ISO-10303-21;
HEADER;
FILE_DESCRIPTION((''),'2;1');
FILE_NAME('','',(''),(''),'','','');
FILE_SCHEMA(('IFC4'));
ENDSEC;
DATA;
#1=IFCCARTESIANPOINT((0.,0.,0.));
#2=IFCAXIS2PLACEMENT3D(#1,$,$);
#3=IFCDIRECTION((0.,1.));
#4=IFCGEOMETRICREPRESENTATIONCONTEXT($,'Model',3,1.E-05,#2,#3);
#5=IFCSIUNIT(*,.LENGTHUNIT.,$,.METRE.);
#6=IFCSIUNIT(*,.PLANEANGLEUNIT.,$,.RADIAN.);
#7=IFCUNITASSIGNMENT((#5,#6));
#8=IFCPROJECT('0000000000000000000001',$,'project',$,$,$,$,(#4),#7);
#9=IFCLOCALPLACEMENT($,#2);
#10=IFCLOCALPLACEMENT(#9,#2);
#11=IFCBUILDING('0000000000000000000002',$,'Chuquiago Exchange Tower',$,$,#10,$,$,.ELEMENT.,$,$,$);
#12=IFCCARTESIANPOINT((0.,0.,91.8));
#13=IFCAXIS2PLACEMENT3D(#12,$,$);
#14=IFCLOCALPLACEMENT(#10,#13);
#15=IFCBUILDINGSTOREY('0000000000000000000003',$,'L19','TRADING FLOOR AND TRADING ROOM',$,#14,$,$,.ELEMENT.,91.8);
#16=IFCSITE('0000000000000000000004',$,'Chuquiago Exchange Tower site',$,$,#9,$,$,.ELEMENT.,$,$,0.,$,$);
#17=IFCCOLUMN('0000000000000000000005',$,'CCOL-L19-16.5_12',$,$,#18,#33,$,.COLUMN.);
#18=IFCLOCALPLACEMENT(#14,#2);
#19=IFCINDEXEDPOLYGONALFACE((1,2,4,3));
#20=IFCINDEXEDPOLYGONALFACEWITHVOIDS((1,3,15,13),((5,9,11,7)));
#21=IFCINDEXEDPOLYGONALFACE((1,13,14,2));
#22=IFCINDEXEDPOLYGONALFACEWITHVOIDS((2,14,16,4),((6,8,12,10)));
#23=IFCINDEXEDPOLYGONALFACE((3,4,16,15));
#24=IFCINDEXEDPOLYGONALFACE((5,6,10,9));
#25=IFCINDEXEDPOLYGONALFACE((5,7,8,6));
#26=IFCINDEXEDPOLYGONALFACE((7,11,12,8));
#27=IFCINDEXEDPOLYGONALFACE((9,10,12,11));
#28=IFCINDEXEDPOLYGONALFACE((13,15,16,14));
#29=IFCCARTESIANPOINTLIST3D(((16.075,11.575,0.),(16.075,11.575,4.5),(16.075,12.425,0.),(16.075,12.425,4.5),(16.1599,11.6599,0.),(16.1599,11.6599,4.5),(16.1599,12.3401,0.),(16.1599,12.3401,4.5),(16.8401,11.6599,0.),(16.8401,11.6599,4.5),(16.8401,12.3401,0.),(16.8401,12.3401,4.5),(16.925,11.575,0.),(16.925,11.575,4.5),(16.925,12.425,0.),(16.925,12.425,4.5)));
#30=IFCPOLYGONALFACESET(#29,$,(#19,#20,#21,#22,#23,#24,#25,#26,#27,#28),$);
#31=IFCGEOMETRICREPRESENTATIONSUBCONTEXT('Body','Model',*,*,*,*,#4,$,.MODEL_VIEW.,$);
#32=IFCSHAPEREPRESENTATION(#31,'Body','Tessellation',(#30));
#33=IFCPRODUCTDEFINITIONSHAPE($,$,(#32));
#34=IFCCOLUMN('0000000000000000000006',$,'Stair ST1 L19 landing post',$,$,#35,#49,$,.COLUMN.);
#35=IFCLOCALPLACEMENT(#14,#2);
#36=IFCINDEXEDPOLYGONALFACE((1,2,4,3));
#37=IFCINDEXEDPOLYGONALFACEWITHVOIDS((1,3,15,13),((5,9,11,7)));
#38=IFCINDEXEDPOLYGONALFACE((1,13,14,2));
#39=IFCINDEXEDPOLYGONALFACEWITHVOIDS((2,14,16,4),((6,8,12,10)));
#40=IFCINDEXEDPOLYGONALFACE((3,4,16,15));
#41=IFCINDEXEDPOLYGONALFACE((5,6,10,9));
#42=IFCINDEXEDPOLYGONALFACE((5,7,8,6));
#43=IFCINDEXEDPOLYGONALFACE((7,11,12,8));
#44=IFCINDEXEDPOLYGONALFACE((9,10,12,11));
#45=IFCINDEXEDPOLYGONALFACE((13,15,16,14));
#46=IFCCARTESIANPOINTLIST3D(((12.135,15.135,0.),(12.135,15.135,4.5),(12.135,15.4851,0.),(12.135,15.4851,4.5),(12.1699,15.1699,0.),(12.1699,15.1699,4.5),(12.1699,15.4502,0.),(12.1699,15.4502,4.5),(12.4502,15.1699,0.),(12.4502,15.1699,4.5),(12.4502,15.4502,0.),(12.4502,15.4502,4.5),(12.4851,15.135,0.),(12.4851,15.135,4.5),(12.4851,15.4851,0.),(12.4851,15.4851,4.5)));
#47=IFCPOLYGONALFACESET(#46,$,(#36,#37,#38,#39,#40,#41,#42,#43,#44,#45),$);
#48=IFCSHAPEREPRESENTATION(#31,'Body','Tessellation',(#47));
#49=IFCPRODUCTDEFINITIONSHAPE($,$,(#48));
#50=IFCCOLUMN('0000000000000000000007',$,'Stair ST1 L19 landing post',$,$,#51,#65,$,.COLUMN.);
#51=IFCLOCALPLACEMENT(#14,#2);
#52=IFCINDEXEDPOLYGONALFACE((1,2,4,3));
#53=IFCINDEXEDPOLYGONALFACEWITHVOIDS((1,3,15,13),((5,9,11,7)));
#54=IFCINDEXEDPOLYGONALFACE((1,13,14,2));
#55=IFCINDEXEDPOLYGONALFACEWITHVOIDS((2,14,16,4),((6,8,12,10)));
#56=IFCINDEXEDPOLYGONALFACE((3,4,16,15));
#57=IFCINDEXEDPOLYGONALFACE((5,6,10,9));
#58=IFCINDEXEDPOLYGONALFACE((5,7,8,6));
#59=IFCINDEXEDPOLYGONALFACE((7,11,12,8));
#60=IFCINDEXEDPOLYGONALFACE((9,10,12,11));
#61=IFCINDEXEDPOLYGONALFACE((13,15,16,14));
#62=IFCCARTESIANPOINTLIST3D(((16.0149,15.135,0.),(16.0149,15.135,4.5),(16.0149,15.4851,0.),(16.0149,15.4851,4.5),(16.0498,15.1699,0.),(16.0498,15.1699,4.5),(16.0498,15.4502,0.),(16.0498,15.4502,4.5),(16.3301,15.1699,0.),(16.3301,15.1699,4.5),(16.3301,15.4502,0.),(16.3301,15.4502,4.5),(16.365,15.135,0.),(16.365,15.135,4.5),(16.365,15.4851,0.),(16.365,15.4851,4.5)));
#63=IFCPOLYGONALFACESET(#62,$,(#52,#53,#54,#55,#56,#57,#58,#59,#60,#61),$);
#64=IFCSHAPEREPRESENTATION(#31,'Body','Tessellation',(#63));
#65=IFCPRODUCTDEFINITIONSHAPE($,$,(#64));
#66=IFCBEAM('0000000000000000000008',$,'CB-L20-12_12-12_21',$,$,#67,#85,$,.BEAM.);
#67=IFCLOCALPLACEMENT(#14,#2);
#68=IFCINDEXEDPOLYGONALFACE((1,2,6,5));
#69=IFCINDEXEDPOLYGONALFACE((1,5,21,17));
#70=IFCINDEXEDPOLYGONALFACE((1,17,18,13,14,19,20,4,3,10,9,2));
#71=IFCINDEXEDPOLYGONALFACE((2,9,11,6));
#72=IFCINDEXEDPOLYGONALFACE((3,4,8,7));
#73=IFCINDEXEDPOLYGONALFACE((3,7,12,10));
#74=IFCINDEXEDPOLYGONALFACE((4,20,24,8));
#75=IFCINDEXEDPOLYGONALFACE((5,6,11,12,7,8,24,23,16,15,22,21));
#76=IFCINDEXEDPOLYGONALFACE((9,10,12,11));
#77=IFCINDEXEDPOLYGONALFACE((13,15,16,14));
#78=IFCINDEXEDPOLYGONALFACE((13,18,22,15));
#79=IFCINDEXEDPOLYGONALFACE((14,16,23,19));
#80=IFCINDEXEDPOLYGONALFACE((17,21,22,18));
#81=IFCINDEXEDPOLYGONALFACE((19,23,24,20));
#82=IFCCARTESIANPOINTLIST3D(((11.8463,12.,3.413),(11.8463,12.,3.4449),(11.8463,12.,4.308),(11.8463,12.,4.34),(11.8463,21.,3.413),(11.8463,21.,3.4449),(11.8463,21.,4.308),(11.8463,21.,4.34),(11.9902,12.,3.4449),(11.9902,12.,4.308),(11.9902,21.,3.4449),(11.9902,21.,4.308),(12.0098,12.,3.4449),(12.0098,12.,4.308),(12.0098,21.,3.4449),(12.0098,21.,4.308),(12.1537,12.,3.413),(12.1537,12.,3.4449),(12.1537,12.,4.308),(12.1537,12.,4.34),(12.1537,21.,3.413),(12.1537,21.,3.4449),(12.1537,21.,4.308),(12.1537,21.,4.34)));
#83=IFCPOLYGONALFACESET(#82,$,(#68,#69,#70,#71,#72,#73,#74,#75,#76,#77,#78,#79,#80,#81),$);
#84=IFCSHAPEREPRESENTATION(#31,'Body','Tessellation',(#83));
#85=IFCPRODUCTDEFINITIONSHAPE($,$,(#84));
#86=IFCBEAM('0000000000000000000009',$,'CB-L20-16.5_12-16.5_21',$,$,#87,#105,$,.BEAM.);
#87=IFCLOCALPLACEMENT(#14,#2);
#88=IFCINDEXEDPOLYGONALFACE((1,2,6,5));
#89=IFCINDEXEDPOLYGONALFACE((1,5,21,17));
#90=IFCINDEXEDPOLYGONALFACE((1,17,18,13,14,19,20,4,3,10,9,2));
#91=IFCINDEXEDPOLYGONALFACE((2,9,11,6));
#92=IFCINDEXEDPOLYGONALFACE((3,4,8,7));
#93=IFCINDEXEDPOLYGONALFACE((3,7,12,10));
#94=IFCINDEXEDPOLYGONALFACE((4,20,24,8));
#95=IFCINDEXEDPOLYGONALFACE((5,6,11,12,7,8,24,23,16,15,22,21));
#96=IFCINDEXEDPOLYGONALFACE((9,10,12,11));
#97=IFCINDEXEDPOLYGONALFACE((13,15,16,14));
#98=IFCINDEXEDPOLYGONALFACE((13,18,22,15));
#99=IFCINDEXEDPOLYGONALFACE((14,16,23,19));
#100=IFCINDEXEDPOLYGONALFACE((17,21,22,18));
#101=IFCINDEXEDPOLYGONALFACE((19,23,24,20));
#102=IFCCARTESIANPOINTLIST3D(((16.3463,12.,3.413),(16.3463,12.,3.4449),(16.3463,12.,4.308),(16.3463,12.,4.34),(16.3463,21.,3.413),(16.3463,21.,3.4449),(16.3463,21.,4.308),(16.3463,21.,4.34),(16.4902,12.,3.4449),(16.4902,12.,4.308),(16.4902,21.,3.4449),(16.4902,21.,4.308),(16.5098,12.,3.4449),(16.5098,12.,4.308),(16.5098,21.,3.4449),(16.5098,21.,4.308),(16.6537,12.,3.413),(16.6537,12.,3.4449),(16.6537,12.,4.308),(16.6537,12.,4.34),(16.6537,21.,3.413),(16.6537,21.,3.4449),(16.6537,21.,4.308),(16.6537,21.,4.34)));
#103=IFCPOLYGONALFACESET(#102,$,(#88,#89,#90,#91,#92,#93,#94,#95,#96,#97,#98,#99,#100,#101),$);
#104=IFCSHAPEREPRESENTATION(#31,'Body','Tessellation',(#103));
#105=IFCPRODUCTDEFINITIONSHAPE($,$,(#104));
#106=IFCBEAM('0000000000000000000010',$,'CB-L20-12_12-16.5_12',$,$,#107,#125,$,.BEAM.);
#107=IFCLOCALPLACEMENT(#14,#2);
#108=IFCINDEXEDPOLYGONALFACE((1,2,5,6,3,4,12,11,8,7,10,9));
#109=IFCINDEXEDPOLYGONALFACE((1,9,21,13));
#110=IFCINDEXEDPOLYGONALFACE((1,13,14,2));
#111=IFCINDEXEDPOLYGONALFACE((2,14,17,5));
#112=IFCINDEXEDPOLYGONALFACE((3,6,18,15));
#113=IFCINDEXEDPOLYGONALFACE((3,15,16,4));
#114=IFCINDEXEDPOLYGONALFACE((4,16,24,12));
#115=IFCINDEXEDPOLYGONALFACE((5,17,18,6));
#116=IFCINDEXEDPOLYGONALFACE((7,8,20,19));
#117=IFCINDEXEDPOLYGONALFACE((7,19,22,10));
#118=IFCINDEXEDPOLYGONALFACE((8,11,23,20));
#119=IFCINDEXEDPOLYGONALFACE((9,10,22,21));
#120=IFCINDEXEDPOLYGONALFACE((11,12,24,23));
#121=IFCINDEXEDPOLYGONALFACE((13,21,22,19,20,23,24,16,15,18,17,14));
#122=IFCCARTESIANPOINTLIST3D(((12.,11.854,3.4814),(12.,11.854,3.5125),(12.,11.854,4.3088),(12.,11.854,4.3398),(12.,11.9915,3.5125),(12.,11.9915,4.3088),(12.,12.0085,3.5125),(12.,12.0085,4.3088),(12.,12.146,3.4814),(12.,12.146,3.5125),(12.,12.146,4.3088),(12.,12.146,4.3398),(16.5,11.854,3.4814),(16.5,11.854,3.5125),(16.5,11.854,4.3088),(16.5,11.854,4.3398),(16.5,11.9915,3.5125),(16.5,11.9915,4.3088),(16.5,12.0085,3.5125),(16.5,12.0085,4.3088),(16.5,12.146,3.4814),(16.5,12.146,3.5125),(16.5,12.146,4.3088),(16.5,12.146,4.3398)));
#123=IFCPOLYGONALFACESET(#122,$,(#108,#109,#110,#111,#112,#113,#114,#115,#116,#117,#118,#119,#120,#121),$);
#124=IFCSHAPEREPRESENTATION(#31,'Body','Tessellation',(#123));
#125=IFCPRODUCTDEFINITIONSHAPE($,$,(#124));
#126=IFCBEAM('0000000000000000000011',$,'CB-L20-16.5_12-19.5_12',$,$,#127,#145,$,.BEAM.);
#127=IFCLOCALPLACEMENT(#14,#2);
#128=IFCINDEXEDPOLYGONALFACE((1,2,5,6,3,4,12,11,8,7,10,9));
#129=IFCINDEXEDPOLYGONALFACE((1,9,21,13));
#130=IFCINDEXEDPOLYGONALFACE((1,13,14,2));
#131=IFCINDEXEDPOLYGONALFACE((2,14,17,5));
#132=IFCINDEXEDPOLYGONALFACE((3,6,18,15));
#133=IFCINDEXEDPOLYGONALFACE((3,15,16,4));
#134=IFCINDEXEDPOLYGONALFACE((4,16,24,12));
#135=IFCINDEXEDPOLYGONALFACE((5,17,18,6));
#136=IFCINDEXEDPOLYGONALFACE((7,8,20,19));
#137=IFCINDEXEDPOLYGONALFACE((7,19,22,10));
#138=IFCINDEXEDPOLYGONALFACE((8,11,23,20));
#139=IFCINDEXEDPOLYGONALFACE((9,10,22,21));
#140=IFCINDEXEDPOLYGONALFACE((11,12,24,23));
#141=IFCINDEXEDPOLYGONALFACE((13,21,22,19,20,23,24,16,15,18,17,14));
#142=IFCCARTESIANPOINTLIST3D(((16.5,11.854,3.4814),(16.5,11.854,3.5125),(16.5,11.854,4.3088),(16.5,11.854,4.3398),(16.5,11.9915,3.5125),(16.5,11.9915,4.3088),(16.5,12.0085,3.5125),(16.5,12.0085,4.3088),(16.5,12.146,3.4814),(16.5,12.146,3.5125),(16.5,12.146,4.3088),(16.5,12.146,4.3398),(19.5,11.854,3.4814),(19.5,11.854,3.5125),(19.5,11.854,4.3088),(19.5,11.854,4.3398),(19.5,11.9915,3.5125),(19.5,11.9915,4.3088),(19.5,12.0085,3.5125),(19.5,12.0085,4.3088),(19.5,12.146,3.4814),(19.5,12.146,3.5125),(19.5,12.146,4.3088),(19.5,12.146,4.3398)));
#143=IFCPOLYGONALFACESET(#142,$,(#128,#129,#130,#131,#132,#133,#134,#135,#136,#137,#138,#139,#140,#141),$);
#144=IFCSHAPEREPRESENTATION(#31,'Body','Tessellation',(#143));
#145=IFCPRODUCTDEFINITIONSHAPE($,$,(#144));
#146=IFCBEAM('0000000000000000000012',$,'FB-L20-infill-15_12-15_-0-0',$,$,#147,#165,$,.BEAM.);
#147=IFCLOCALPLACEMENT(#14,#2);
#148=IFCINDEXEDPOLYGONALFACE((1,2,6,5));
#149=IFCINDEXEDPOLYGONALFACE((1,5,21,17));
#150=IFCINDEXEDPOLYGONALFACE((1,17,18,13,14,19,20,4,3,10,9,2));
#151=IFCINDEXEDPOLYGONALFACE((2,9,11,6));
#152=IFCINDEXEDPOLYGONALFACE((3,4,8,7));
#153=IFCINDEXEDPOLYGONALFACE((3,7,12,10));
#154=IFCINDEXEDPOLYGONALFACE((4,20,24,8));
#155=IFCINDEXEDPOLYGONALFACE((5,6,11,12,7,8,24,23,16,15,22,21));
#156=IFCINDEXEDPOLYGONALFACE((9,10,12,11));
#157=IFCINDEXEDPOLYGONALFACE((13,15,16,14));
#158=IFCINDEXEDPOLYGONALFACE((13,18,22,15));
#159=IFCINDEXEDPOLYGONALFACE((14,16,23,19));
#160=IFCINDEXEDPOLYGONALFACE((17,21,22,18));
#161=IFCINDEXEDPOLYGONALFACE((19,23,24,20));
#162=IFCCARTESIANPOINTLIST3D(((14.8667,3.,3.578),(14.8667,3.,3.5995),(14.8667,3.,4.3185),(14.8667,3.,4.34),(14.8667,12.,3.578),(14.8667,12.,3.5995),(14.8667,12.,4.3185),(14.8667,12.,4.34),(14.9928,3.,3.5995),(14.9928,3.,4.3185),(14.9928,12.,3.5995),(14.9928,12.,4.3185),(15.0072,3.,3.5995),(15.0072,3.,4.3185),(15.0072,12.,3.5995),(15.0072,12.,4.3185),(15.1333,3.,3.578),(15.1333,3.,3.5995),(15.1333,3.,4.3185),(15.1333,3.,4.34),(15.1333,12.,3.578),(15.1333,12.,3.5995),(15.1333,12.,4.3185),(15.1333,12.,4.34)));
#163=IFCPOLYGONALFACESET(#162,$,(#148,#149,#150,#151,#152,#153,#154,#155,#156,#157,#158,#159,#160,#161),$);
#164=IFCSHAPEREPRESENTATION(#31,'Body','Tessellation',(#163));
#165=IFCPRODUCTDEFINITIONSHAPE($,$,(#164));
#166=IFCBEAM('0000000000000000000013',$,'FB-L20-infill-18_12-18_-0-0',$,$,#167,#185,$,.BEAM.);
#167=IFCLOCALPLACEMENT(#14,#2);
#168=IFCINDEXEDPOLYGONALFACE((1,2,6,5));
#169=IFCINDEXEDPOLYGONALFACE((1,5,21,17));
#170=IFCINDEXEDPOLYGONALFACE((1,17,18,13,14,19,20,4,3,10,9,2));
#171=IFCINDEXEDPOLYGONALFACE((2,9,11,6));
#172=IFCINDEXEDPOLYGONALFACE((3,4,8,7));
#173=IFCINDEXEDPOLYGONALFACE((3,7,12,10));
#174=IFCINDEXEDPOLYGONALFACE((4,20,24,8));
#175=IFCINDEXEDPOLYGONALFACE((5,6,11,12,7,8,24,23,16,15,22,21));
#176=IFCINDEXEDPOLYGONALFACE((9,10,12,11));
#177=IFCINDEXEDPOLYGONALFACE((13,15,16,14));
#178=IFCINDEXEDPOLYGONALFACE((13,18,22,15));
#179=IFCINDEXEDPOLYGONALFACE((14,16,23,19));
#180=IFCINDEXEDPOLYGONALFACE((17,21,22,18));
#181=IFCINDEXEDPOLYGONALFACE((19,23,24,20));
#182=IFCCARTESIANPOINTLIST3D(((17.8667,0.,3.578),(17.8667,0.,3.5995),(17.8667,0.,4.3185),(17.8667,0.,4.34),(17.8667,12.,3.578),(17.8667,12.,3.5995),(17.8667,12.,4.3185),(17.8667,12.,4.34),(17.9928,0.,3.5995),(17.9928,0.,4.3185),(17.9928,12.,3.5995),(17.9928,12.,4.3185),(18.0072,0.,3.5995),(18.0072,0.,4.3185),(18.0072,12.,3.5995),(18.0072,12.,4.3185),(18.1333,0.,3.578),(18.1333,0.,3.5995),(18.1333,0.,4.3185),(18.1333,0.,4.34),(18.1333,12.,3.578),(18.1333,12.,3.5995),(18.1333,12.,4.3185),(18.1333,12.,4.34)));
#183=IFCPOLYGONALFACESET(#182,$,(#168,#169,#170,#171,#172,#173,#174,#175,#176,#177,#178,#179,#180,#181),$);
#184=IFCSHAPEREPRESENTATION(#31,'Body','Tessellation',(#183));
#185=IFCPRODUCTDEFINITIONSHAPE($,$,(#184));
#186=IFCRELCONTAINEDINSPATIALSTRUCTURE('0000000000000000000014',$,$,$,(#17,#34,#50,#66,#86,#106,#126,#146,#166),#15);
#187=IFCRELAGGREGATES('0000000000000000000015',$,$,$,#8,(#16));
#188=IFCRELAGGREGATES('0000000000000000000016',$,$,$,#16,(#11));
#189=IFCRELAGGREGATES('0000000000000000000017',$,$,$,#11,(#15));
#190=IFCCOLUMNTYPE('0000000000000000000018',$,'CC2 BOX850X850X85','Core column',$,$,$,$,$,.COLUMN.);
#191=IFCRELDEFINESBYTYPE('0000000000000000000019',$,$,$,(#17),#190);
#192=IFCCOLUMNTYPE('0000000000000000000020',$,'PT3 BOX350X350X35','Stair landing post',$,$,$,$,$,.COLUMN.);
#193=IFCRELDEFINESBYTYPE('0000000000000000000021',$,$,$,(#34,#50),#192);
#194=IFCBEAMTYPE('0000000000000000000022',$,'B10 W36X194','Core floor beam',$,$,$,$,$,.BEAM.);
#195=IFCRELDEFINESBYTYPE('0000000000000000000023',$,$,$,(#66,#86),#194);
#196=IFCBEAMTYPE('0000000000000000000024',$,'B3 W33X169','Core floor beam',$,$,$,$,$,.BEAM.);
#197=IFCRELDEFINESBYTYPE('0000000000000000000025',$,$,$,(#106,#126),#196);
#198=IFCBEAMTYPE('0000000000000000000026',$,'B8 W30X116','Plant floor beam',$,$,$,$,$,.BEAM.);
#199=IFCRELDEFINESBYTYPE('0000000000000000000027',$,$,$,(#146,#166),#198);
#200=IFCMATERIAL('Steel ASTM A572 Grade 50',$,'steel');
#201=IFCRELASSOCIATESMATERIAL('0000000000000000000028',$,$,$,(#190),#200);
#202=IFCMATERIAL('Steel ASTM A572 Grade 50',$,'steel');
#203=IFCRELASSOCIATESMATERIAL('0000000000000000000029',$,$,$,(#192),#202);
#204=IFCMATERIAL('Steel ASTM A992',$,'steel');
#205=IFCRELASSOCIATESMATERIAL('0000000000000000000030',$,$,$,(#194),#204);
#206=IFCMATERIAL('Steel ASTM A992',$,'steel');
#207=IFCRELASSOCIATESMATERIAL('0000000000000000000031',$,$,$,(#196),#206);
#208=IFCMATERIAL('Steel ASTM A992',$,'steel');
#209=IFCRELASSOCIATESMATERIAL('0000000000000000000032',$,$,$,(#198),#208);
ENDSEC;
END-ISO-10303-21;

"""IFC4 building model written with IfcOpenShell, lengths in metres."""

from ifc_helpers import new_model, si_unit, direction, frame, origin, origin_2d, place, context, subcontext, project, spatial, hollow_rectangle, i_section, extrude, material, material_profile, profile_set, type_object, element, save


model = new_model("IFC4")

# Units and contexts
model_context = context("Model", 3, precision=1e-05, world=origin(), true_north=direction((0.0, 1.0)))
body_context = subcontext(model_context, "Body", "Model", "MODEL_VIEW")
ifc_project = project(units=[si_unit("LENGTHUNIT", "METRE"), si_unit("PLANEANGLEUNIT", "RADIAN")], contexts=[model_context])

# Site, building, storey
site_placement = place(None, origin())
site = spatial("IfcSite", under=ifc_project, at=site_placement, Name="Chuquiago Exchange Tower site", CompositionType="ELEMENT", RefElevation=0.0)
building_placement = place(site_placement, origin())
building = spatial("IfcBuilding", under=site, at=building_placement, Name="Chuquiago Exchange Tower", CompositionType="ELEMENT")
storey_placement = place(building_placement, frame((0.0, 0.0, 91.8)))
storey = spatial("IfcBuildingStorey", under=building, at=storey_placement, Name="L19", Description="TRADING FLOOR AND TRADING ROOM", CompositionType="ELEMENT", Elevation=91.8)

# Columns
ifc_material_1 = material(Name="Steel ASTM A572 Grade 50", Category="steel")
ifc_material_profile_1 = material_profile(ifc_material_1, hollow_rectangle(XDim=0.8501, YDim=0.8501, WallThickness=0.085, at=origin_2d()), Name="BOX850X850X85")
ifc_profile_set_1 = profile_set([ifc_material_profile_1], Name="Steel ASTM A572 Grade 50")
column_type_1 = type_object("IfcColumnType", Name="CC2 BOX850X850X85", Description="Core column", PredefinedType="COLUMN", material=ifc_profile_set_1)
column_placement = place(storey_placement, frame((16.5, 12.0, 0.0), z_axis=(0.0, 0.0, 1.0), x_axis=(1.0, 0.0, 0.0)))
element("IfcColumn", 1, at=column_placement, inside=storey, type_object=column_type_1, Name="CCOL-L19-16.5_12", PredefinedType="COLUMN", context=body_context, shape_type="SweptSolid", body=[
    extrude(hollow_rectangle(XDim=0.8501, YDim=0.8501, WallThickness=0.085, at=origin_2d()), origin(), (0.0, 0.0, 1.0), 4.5),
])
ifc_material_2 = material(Name="Steel ASTM A572 Grade 50", Category="steel")
ifc_material_profile_2 = material_profile(ifc_material_2, hollow_rectangle(XDim=0.3501, YDim=0.3501, WallThickness=0.0349, at=origin_2d()), Name="BOX350X350X35")
ifc_profile_set_2 = profile_set([ifc_material_profile_2], Name="Steel ASTM A572 Grade 50")
column_type_2 = type_object("IfcColumnType", Name="PT3 BOX350X350X35", Description="Stair landing post", PredefinedType="COLUMN", material=ifc_profile_set_2)
for number, where, z_axis, x_axis, name in (
    (2, (12.3101, 15.3101, 0.0), (0.0, 0.0, 1.0), (1.0, 0.0, 0.0), "Stair ST1 L19 landing post"),
    (3, (16.1899, 15.3101, 0.0), (0.0, 0.0, 1.0), (1.0, 0.0, 0.0), "Stair ST1 L19 landing post"),
):
    element("IfcColumn", number, at=place(storey_placement, frame(where, z_axis=z_axis, x_axis=x_axis)), inside=storey, type_object=column_type_2, Name=name, PredefinedType="COLUMN", context=body_context, shape_type="SweptSolid", body=[
        extrude(hollow_rectangle(XDim=0.3501, YDim=0.3501, WallThickness=0.0349, at=origin_2d()), origin(), (0.0, 0.0, 1.0), 4.5),
    ])

# Beams
ifc_material_3 = material(Name="Steel ASTM A992", Category="steel")
ifc_material_profile_3 = material_profile(ifc_material_3, i_section(OverallWidth=0.3074, OverallDepth=0.927, WebThickness=0.0195, FlangeThickness=0.032, at=origin_2d()), Name="W36X194")
ifc_profile_set_3 = profile_set([ifc_material_profile_3], Name="Steel ASTM A992")
beam_type_1 = type_object("IfcBeamType", Name="B10 W36X194", Description="Core floor beam", PredefinedType="BEAM", material=ifc_profile_set_3)
for number, where, z_axis, x_axis, name in (
    (4, (12.0, 12.0, 3.8765), (0.0, 1.0, 0.0), (-1.0, 0.0, 0.0), "CB-L20-12_12-12_21"),
    (5, (16.5, 12.0, 3.8765), (0.0, 1.0, 0.0), (-1.0, 0.0, 0.0), "CB-L20-16.5_12-16.5_21"),
):
    element("IfcBeam", number, at=place(storey_placement, frame(where, z_axis=z_axis, x_axis=x_axis)), inside=storey, type_object=beam_type_1, Name=name, PredefinedType="BEAM", context=body_context, shape_type="SweptSolid", body=[
        extrude(i_section(OverallWidth=0.3074, OverallDepth=0.927, WebThickness=0.0195, FlangeThickness=0.032, at=origin_2d()), origin(), (0.0, 0.0, 1.0), 9.0),
    ])
ifc_material_4 = material(Name="Steel ASTM A992", Category="steel")
ifc_material_profile_4 = material_profile(ifc_material_4, i_section(OverallWidth=0.292, OverallDepth=0.8584, WebThickness=0.0171, FlangeThickness=0.031, at=origin_2d()), Name="W33X169")
ifc_profile_set_4 = profile_set([ifc_material_profile_4], Name="Steel ASTM A992")
beam_type_2 = type_object("IfcBeamType", Name="B3 W33X169", Description="Core floor beam", PredefinedType="BEAM", material=ifc_profile_set_4)
beam_1_placement = place(storey_placement, frame((12.0, 12.0, 3.9106), z_axis=(1.0, 0.0, 0.0), x_axis=(0.0, 1.0, 0.0)))
element("IfcBeam", 6, at=beam_1_placement, inside=storey, type_object=beam_type_2, Name="CB-L20-12_12-16.5_12", PredefinedType="BEAM", context=body_context, shape_type="SweptSolid", body=[
    extrude(i_section(OverallWidth=0.292, OverallDepth=0.8584, WebThickness=0.0171, FlangeThickness=0.031, at=origin_2d()), origin(), (0.0, 0.0, 1.0), 4.5),
])
beam_2_placement = place(storey_placement, frame((16.5, 12.0, 3.9106), z_axis=(1.0, 0.0, 0.0), x_axis=(0.0, 1.0, 0.0)))
element("IfcBeam", 7, at=beam_2_placement, inside=storey, type_object=beam_type_2, Name="CB-L20-16.5_12-19.5_12", PredefinedType="BEAM", context=body_context, shape_type="SweptSolid", body=[
    extrude(i_section(OverallWidth=0.292, OverallDepth=0.8584, WebThickness=0.0171, FlangeThickness=0.031, at=origin_2d()), origin(), (0.0, 0.0, 1.0), 3.0),
])
ifc_material_5 = material(Name="Steel ASTM A992", Category="steel")
ifc_material_profile_5 = material_profile(ifc_material_5, i_section(OverallWidth=0.2666, OverallDepth=0.762, WebThickness=0.0144, FlangeThickness=0.0215, at=origin_2d()), Name="W30X116")
ifc_profile_set_5 = profile_set([ifc_material_profile_5], Name="Steel ASTM A992")
beam_type_3 = type_object("IfcBeamType", Name="B8 W30X116", Description="Plant floor beam", PredefinedType="BEAM", material=ifc_profile_set_5)
beam_3_placement = place(storey_placement, frame((15.0, 12.0, 3.959), z_axis=(0.0, -1.0, 0.0), x_axis=(1.0, 0.0, 0.0)))
element("IfcBeam", 8, at=beam_3_placement, inside=storey, type_object=beam_type_3, Name="FB-L20-infill-15_12-15_-0-0", PredefinedType="BEAM", context=body_context, shape_type="SweptSolid", body=[
    extrude(i_section(OverallWidth=0.2666, OverallDepth=0.762, WebThickness=0.0144, FlangeThickness=0.0215, at=origin_2d()), origin(), (0.0, 0.0, 1.0), 9.0),
])
beam_4_placement = place(storey_placement, frame((18.0, 12.0, 3.959), z_axis=(0.0, -1.0, 0.0), x_axis=(1.0, 0.0, 0.0)))
element("IfcBeam", 9, at=beam_4_placement, inside=storey, type_object=beam_type_3, Name="FB-L20-infill-18_12-18_-0-0", PredefinedType="BEAM", context=body_context, shape_type="SweptSolid", body=[
    extrude(i_section(OverallWidth=0.2666, OverallDepth=0.762, WebThickness=0.0144, FlangeThickness=0.0215, at=origin_2d()), origin(), (0.0, 0.0, 1.0), 12.0),
])

save(model, "model.ifc")
